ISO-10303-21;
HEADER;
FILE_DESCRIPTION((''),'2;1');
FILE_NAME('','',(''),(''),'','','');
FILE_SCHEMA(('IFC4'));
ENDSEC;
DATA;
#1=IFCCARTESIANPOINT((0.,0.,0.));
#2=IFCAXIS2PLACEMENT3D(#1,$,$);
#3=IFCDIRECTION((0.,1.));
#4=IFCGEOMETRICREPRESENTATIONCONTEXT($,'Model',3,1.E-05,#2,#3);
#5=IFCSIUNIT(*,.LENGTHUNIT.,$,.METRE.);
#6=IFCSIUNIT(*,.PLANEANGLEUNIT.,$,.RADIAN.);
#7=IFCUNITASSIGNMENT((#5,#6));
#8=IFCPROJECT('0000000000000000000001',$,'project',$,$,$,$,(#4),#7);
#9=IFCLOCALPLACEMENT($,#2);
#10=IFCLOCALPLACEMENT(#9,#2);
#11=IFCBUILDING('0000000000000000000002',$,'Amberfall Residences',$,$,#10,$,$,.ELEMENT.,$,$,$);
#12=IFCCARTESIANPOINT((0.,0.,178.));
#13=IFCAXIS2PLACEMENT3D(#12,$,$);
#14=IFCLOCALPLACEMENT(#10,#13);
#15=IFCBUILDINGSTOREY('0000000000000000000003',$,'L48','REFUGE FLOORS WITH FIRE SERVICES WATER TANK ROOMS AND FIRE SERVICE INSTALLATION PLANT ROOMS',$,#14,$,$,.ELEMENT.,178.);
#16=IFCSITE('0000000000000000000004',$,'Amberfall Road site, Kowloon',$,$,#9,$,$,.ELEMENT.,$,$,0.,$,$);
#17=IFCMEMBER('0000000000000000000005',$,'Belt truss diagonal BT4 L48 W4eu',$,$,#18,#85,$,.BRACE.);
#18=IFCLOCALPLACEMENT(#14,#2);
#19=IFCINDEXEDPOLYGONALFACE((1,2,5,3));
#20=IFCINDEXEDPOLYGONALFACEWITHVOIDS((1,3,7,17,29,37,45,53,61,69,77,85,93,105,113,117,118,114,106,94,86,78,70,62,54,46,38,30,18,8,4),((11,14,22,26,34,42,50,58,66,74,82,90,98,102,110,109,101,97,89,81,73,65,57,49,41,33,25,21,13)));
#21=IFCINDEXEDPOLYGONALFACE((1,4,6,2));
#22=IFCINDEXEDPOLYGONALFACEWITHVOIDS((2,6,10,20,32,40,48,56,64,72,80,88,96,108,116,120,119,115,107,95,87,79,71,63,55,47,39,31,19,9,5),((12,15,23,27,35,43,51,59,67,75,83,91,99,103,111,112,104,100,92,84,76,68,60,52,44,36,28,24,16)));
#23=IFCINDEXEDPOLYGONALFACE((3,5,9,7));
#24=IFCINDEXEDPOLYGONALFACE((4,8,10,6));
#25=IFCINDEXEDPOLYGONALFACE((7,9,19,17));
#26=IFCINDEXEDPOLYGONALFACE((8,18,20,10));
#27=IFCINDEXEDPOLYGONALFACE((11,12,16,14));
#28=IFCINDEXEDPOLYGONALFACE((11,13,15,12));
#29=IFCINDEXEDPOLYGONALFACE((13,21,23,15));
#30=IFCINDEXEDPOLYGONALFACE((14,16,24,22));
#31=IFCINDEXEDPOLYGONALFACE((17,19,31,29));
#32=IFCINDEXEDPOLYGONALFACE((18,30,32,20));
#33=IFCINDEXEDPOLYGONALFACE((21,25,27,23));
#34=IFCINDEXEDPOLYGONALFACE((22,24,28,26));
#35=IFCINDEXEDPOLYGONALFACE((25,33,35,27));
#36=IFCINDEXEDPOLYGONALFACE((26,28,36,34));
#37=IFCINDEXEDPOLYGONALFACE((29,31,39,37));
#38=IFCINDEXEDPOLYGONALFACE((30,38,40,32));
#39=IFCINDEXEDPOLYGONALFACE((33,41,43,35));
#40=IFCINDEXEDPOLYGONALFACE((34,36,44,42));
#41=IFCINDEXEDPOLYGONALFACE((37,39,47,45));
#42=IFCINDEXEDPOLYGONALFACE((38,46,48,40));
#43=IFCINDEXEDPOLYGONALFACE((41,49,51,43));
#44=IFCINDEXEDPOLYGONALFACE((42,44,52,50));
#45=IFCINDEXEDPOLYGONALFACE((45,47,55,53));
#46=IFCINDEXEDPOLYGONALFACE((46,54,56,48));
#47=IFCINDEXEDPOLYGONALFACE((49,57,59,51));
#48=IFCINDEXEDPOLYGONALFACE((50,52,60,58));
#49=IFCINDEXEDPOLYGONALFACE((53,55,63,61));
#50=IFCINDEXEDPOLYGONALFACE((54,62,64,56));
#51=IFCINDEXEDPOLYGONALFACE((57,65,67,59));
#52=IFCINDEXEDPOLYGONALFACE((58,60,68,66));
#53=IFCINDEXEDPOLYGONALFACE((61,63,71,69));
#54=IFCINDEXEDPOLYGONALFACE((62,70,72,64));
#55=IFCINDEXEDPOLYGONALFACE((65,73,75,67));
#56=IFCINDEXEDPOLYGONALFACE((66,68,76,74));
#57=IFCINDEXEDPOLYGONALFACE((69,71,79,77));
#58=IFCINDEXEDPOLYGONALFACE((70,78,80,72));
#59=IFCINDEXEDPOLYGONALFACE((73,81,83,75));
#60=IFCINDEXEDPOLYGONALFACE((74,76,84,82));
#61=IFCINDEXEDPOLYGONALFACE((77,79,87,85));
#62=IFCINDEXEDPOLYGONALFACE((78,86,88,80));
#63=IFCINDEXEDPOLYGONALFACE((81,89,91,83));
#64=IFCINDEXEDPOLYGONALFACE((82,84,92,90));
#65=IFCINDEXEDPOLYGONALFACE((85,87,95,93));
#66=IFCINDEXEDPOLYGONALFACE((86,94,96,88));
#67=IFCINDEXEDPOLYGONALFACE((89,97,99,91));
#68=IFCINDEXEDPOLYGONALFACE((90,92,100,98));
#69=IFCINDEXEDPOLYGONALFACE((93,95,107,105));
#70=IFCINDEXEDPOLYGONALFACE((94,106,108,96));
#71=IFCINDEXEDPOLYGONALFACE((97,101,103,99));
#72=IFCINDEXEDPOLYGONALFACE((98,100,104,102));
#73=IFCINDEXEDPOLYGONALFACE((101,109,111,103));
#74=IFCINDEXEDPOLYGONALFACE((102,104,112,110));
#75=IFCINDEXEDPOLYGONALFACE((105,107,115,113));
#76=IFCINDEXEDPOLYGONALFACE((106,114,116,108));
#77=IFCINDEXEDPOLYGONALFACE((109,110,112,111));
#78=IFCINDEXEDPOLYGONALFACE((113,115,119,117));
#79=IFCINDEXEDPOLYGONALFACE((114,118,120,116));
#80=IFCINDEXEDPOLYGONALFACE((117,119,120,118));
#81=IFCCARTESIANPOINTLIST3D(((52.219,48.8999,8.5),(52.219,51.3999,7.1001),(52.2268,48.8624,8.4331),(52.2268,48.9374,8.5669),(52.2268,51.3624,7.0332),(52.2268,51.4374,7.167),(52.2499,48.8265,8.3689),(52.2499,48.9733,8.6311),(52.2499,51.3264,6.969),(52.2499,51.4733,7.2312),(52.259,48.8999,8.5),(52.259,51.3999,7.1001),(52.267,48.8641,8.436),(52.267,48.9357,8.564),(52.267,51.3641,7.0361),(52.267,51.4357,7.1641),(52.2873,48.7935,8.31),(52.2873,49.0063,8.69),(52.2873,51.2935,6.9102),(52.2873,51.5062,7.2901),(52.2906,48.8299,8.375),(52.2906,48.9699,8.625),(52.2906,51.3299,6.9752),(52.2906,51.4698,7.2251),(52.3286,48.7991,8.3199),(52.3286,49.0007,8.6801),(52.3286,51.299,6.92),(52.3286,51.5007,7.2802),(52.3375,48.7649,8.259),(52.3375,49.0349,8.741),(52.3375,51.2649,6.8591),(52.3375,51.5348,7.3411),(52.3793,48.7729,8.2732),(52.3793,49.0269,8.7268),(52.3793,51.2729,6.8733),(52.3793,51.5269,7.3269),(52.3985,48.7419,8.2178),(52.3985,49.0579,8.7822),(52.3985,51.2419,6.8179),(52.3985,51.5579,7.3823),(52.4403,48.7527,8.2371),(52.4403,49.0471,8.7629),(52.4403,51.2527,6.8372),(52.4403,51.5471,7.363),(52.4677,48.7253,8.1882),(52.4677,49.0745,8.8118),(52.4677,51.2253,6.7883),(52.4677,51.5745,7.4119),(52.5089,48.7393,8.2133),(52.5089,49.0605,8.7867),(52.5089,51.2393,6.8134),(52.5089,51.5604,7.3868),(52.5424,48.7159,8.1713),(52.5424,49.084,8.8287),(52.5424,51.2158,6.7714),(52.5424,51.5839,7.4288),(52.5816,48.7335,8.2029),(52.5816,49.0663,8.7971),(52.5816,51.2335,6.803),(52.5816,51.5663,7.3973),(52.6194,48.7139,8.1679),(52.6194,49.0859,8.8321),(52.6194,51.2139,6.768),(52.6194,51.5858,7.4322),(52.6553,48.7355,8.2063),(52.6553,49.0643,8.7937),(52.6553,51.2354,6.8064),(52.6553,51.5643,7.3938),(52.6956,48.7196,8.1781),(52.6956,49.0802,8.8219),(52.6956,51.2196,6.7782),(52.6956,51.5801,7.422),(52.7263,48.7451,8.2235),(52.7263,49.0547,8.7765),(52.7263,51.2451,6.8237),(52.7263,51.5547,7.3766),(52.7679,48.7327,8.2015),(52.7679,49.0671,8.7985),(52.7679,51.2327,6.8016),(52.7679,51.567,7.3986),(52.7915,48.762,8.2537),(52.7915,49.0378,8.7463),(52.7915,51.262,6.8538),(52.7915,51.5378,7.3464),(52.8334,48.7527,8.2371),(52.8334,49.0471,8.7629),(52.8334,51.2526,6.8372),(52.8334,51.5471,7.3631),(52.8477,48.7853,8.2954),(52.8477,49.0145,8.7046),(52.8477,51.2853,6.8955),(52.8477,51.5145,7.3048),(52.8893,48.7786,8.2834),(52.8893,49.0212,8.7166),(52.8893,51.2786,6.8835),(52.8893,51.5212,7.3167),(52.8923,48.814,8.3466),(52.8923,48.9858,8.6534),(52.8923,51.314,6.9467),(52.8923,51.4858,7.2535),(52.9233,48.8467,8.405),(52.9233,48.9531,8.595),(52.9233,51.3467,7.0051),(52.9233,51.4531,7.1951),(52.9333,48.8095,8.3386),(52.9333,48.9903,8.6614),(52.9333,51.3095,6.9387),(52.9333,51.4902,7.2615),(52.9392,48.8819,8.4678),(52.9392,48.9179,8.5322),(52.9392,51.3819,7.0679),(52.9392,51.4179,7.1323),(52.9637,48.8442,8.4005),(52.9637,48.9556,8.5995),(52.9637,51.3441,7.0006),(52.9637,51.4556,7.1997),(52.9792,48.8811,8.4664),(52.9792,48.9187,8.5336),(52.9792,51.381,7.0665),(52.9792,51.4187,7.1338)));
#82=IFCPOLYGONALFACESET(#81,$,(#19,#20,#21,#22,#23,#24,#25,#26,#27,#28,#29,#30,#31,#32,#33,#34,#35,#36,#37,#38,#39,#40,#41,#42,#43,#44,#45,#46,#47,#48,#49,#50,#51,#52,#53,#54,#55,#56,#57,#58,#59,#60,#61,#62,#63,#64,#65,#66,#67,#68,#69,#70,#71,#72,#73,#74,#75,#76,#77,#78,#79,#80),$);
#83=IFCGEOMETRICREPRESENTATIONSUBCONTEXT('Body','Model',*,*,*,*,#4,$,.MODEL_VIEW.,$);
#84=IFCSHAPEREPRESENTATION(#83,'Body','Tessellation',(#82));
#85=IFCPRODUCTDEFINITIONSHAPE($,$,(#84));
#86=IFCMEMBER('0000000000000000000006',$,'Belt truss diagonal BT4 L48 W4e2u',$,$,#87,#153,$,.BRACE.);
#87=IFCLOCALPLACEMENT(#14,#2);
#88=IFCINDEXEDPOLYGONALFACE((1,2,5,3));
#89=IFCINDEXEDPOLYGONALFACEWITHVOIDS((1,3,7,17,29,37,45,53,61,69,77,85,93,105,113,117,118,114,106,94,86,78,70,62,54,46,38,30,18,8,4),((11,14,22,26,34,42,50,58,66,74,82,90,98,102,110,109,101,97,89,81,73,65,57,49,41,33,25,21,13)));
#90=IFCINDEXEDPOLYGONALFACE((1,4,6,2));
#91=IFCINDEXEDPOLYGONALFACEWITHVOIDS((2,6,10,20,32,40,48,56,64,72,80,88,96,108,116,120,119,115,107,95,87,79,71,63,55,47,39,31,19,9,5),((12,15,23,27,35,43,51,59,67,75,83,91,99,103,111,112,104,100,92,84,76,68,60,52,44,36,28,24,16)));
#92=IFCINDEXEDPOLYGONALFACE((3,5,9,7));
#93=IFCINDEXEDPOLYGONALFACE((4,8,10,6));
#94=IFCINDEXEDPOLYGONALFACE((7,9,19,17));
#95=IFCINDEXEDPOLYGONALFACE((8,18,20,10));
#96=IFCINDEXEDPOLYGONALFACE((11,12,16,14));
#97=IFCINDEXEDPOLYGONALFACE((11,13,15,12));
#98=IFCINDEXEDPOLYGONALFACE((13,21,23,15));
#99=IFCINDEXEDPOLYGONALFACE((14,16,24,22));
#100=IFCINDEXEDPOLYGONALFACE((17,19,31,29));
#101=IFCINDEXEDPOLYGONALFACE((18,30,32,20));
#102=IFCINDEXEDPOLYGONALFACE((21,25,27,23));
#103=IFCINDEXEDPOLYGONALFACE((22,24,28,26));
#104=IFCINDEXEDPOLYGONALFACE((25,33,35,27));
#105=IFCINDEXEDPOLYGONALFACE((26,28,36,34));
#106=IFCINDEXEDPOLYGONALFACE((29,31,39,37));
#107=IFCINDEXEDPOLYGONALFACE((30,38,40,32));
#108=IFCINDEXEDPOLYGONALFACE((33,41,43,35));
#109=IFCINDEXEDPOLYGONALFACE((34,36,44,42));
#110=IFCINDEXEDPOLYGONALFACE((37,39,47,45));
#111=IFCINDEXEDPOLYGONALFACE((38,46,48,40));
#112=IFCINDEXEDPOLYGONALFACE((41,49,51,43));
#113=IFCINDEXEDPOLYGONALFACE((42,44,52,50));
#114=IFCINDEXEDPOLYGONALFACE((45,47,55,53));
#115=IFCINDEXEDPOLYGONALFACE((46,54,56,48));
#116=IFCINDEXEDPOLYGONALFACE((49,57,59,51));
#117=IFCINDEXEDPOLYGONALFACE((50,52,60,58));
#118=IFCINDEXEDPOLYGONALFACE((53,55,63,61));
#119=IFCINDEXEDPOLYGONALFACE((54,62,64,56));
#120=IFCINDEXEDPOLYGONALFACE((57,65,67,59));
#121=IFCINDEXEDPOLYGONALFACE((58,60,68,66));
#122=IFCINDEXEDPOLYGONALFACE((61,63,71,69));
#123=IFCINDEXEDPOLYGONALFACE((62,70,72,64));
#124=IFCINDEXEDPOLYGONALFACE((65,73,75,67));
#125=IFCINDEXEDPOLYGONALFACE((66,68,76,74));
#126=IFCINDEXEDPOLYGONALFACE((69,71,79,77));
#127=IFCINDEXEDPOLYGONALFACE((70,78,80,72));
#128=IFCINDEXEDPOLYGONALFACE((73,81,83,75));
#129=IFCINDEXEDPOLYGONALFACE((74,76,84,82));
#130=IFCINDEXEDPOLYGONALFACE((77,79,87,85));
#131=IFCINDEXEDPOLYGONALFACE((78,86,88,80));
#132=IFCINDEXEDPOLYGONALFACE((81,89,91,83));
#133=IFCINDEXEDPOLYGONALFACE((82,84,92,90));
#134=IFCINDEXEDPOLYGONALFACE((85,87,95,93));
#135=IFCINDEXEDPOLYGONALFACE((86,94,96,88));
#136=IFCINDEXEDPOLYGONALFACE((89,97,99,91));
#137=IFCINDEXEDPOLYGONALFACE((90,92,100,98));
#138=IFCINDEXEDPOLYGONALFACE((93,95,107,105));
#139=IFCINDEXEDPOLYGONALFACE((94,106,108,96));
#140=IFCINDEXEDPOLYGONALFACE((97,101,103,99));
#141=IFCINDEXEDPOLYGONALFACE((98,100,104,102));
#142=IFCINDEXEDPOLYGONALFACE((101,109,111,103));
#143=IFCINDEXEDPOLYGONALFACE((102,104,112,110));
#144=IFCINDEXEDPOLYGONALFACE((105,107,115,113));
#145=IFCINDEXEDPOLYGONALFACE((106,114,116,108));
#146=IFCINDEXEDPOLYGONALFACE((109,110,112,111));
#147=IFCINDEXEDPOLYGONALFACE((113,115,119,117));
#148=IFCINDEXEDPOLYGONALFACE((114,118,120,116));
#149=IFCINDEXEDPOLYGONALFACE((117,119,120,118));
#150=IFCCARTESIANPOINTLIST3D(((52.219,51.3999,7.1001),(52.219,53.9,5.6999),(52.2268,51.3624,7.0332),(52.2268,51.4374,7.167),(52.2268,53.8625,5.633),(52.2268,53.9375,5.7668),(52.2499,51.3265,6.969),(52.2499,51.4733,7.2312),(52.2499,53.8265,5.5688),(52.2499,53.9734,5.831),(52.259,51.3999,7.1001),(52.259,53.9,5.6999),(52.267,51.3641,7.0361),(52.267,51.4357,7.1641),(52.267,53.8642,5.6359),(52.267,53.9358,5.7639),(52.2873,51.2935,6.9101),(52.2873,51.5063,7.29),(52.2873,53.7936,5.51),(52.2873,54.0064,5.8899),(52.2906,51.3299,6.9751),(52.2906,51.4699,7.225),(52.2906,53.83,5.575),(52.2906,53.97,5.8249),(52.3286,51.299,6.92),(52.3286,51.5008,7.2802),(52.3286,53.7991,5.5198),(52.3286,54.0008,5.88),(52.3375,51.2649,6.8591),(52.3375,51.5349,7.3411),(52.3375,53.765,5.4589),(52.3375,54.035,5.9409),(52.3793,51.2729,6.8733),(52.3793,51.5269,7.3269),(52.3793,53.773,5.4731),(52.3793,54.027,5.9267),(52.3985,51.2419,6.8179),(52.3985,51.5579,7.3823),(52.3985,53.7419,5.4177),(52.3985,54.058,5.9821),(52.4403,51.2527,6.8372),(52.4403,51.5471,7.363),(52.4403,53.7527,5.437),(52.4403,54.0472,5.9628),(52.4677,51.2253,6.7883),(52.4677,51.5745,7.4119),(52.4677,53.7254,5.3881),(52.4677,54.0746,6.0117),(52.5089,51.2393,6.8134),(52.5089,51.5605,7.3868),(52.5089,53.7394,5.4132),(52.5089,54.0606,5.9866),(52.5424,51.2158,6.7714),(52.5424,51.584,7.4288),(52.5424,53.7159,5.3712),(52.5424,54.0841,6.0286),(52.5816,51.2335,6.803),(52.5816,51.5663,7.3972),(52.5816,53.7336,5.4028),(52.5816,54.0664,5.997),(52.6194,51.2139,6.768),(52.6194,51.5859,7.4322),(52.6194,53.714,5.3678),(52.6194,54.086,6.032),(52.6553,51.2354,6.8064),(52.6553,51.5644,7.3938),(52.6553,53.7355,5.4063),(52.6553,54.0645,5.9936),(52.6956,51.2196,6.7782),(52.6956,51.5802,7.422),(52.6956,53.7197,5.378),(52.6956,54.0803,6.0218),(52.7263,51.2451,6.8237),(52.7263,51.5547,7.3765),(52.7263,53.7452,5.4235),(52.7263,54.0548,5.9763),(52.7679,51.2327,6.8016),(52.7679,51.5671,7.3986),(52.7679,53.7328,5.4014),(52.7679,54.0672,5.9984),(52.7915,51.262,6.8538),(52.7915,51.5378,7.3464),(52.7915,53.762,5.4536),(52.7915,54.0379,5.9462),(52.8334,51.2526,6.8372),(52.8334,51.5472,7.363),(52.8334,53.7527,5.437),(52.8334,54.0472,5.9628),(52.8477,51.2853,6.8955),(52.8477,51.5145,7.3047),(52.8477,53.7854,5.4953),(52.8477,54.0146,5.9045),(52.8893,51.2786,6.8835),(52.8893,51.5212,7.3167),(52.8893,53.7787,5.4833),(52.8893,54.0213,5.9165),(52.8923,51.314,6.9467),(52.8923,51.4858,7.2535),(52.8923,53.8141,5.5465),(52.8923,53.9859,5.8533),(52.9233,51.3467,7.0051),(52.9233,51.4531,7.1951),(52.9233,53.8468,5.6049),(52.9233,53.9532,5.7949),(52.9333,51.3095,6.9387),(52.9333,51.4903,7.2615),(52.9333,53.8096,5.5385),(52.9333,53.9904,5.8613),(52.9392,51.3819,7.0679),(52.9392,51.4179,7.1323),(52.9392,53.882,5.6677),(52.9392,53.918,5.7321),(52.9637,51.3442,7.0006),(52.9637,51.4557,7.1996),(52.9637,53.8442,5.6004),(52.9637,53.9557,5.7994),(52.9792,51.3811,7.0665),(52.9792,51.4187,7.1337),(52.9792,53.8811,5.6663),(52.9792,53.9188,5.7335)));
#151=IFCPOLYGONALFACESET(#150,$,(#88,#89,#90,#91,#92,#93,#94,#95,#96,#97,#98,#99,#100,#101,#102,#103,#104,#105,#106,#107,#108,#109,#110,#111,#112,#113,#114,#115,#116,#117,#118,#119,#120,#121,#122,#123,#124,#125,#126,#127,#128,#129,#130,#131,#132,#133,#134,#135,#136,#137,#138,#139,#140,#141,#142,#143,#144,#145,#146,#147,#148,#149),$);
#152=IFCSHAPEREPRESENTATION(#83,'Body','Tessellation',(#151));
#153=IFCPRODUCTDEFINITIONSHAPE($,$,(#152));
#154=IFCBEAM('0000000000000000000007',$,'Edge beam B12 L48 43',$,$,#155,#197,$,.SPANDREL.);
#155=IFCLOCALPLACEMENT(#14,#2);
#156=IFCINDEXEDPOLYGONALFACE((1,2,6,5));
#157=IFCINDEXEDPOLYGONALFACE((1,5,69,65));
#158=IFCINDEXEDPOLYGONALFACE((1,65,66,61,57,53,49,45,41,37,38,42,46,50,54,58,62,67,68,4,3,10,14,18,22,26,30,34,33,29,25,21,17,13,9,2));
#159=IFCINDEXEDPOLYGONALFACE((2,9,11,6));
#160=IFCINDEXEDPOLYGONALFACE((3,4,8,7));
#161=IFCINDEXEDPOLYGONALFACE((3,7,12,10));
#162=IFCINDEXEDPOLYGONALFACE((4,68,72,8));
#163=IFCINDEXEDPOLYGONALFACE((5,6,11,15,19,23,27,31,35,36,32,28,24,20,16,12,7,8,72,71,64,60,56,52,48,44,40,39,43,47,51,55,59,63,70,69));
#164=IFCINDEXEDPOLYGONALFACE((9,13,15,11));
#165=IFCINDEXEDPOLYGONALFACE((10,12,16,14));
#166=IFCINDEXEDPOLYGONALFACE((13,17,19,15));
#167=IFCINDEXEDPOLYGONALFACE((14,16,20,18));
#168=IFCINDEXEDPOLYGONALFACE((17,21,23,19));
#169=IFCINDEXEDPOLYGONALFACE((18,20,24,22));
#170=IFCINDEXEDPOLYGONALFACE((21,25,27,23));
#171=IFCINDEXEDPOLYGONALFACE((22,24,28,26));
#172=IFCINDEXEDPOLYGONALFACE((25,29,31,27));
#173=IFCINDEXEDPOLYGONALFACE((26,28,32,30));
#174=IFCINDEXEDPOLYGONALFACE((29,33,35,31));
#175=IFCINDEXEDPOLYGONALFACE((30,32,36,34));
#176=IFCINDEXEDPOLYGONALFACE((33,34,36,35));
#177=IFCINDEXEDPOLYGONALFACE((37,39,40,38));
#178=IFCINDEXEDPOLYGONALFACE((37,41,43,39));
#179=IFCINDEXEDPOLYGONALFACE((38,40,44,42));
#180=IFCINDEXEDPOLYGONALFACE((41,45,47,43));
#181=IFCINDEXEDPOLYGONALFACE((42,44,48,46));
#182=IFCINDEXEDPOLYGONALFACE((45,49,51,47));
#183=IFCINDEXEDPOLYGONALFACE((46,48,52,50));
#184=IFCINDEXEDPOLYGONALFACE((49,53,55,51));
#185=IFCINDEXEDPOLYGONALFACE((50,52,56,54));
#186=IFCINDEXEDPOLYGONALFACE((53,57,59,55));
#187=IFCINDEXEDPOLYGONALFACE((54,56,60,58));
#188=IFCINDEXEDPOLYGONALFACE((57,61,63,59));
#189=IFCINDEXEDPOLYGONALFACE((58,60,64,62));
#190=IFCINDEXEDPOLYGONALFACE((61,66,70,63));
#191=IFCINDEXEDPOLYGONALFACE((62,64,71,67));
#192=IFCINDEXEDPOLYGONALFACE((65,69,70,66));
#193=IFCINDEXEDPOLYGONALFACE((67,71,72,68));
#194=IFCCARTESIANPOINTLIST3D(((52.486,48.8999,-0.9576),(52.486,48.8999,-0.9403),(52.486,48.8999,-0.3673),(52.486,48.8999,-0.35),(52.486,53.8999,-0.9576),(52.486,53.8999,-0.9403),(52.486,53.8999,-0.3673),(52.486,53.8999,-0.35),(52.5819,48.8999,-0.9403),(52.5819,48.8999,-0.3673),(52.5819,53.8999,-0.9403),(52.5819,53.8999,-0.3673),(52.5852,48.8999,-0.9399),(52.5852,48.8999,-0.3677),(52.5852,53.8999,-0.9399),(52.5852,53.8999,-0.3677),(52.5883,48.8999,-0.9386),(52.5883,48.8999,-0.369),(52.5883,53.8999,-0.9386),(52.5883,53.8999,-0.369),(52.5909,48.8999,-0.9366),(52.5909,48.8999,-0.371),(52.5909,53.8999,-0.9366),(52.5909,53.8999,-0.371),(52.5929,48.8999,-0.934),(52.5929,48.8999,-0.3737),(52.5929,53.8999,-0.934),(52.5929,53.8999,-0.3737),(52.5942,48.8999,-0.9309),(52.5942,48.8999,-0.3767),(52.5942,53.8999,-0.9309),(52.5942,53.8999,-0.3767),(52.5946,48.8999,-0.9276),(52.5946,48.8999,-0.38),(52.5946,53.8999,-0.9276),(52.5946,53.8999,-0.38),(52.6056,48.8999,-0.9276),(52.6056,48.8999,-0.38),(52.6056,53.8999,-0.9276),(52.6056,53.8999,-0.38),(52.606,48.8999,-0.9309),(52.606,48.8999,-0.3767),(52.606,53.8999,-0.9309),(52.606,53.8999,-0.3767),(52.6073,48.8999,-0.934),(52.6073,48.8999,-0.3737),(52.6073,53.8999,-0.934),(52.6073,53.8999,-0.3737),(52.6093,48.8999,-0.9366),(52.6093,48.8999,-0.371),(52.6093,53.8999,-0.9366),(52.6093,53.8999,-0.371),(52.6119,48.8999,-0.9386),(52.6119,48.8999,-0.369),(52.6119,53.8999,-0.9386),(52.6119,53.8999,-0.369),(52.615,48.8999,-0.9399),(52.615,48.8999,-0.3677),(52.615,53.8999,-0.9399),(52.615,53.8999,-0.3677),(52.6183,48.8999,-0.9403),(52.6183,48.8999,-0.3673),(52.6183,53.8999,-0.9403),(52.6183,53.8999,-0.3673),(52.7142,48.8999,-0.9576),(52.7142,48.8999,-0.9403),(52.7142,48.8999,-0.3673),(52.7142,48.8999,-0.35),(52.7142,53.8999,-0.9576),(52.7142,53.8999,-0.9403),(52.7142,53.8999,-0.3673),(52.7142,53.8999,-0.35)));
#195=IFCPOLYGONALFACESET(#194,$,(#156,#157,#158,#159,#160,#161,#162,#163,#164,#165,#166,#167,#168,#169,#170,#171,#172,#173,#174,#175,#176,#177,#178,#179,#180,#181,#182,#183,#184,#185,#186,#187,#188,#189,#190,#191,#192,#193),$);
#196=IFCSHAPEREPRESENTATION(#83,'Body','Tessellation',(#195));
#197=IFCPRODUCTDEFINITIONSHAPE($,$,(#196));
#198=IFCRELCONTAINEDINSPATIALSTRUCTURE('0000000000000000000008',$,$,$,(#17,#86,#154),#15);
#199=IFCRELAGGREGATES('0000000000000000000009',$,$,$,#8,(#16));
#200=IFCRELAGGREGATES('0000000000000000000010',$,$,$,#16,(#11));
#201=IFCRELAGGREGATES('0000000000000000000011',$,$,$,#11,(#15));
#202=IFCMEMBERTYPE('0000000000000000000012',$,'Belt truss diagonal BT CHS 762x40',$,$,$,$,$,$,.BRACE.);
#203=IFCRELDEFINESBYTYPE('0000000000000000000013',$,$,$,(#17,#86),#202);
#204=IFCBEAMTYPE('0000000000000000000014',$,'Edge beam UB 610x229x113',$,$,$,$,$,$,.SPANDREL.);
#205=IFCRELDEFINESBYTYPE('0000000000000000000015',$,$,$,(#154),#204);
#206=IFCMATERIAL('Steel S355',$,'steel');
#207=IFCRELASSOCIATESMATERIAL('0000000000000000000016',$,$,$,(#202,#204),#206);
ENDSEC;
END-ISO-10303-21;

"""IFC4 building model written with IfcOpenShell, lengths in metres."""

from ifc_helpers import new_model, si_unit, direction, frame, origin, origin_2d, place, context, subcontext, project, spatial, hollow_circle, i_section, extrude, material, material_profile, profile_set, type_object, element, save


model = new_model("IFC4")

# Units and contexts
model_context = context("Model", 3, precision=1e-05, world=origin(), true_north=direction((0.0, 1.0)))
body_context = subcontext(model_context, "Body", "Model", "MODEL_VIEW")
ifc_project = project(units=[si_unit("LENGTHUNIT", "METRE"), si_unit("PLANEANGLEUNIT", "RADIAN")], contexts=[model_context])

# Site, building, storey
site_placement = place(None, origin())
site = spatial("IfcSite", under=ifc_project, at=site_placement, Name="Amberfall Road site, Kowloon", CompositionType="ELEMENT", RefElevation=0.0)
building_placement = place(site_placement, origin())
building = spatial("IfcBuilding", under=site, at=building_placement, Name="Amberfall Residences", CompositionType="ELEMENT")
storey_placement = place(building_placement, frame((0.0, 0.0, 178.0)))
storey = spatial("IfcBuildingStorey", under=building, at=storey_placement, Name="L48", Description="REFUGE FLOORS WITH FIRE SERVICES WATER TANK ROOMS AND FIRE SERVICE INSTALLATION PLANT ROOMS", CompositionType="ELEMENT", Elevation=178.0)

# Shared definitions
ifc_material_1 = material(Name="Steel S355", Category="steel")

# Members
ifc_material_profile_1 = material_profile(ifc_material_1, hollow_circle(Radius=0.3811, WallThickness=0.04, at=origin_2d()), Name="CHS 762x40")
ifc_profile_set_1 = profile_set([ifc_material_profile_1], Name="Steel S355")
member_type = type_object("IfcMemberType", Name="Belt truss diagonal BT CHS 762x40", PredefinedType="BRACE", material=ifc_profile_set_1)
member_1_placement = place(storey_placement, frame((52.6001, 48.8999, 8.5), z_axis=(0.0, 0.872521, -0.488577), x_axis=(-1.0, 0.0, 0.0)))
element("IfcMember", 1, at=member_1_placement, inside=storey, type_object=member_type, Name="Belt truss diagonal BT4 L48 W4eu", PredefinedType="BRACE", context=body_context, shape_type="SweptSolid", body=[
    extrude(hollow_circle(Radius=0.3811, WallThickness=0.04, at=origin_2d()), origin(), (0.0, 0.0, 1.0), 2.8652),
])
member_2_placement = place(storey_placement, frame((52.6001, 51.3999, 7.1001), z_axis=(0.0, 0.872484, -0.488642), x_axis=(-1.0, 0.0, 0.0)))
element("IfcMember", 2, at=member_2_placement, inside=storey, type_object=member_type, Name="Belt truss diagonal BT4 L48 W4e2u", PredefinedType="BRACE", context=body_context, shape_type="SweptSolid", body=[
    extrude(hollow_circle(Radius=0.3811, WallThickness=0.04, at=origin_2d()), origin(), (0.0, 0.0, 1.0), 2.8655),
])

# Beam
ifc_material_profile_2 = material_profile(ifc_material_1, i_section(OverallWidth=0.2283, OverallDepth=0.6077, WebThickness=0.011, FlangeThickness=0.0173, FilletRadius=0.0127, at=origin_2d()), Name="UB 610x229x113")
ifc_profile_set_2 = profile_set([ifc_material_profile_2], Name="Steel S355")
beam_type_1 = type_object("IfcBeamType", Name="Edge beam UB 610x229x113", PredefinedType="SPANDREL", material=ifc_profile_set_2)
for number, where, z_axis, x_axis, name in (
    (3, (52.6001, 48.8999, -0.6538), (0.0, 1.0, 0.0), (-1.0, 0.0, 0.0), "Edge beam B12 L48 43"),
):
    element("IfcBeam", number, at=place(storey_placement, frame(where, z_axis=z_axis, x_axis=x_axis)), inside=storey, type_object=beam_type_1, Name=name, PredefinedType="SPANDREL", context=body_context, shape_type="SweptSolid", body=[
        extrude(i_section(OverallWidth=0.2283, OverallDepth=0.6077, WebThickness=0.011, FlangeThickness=0.0173, FilletRadius=0.0127, at=origin_2d()), origin(), (0.0, 0.0, 1.0), 5.0),
    ])

save(model, "model.ifc")
